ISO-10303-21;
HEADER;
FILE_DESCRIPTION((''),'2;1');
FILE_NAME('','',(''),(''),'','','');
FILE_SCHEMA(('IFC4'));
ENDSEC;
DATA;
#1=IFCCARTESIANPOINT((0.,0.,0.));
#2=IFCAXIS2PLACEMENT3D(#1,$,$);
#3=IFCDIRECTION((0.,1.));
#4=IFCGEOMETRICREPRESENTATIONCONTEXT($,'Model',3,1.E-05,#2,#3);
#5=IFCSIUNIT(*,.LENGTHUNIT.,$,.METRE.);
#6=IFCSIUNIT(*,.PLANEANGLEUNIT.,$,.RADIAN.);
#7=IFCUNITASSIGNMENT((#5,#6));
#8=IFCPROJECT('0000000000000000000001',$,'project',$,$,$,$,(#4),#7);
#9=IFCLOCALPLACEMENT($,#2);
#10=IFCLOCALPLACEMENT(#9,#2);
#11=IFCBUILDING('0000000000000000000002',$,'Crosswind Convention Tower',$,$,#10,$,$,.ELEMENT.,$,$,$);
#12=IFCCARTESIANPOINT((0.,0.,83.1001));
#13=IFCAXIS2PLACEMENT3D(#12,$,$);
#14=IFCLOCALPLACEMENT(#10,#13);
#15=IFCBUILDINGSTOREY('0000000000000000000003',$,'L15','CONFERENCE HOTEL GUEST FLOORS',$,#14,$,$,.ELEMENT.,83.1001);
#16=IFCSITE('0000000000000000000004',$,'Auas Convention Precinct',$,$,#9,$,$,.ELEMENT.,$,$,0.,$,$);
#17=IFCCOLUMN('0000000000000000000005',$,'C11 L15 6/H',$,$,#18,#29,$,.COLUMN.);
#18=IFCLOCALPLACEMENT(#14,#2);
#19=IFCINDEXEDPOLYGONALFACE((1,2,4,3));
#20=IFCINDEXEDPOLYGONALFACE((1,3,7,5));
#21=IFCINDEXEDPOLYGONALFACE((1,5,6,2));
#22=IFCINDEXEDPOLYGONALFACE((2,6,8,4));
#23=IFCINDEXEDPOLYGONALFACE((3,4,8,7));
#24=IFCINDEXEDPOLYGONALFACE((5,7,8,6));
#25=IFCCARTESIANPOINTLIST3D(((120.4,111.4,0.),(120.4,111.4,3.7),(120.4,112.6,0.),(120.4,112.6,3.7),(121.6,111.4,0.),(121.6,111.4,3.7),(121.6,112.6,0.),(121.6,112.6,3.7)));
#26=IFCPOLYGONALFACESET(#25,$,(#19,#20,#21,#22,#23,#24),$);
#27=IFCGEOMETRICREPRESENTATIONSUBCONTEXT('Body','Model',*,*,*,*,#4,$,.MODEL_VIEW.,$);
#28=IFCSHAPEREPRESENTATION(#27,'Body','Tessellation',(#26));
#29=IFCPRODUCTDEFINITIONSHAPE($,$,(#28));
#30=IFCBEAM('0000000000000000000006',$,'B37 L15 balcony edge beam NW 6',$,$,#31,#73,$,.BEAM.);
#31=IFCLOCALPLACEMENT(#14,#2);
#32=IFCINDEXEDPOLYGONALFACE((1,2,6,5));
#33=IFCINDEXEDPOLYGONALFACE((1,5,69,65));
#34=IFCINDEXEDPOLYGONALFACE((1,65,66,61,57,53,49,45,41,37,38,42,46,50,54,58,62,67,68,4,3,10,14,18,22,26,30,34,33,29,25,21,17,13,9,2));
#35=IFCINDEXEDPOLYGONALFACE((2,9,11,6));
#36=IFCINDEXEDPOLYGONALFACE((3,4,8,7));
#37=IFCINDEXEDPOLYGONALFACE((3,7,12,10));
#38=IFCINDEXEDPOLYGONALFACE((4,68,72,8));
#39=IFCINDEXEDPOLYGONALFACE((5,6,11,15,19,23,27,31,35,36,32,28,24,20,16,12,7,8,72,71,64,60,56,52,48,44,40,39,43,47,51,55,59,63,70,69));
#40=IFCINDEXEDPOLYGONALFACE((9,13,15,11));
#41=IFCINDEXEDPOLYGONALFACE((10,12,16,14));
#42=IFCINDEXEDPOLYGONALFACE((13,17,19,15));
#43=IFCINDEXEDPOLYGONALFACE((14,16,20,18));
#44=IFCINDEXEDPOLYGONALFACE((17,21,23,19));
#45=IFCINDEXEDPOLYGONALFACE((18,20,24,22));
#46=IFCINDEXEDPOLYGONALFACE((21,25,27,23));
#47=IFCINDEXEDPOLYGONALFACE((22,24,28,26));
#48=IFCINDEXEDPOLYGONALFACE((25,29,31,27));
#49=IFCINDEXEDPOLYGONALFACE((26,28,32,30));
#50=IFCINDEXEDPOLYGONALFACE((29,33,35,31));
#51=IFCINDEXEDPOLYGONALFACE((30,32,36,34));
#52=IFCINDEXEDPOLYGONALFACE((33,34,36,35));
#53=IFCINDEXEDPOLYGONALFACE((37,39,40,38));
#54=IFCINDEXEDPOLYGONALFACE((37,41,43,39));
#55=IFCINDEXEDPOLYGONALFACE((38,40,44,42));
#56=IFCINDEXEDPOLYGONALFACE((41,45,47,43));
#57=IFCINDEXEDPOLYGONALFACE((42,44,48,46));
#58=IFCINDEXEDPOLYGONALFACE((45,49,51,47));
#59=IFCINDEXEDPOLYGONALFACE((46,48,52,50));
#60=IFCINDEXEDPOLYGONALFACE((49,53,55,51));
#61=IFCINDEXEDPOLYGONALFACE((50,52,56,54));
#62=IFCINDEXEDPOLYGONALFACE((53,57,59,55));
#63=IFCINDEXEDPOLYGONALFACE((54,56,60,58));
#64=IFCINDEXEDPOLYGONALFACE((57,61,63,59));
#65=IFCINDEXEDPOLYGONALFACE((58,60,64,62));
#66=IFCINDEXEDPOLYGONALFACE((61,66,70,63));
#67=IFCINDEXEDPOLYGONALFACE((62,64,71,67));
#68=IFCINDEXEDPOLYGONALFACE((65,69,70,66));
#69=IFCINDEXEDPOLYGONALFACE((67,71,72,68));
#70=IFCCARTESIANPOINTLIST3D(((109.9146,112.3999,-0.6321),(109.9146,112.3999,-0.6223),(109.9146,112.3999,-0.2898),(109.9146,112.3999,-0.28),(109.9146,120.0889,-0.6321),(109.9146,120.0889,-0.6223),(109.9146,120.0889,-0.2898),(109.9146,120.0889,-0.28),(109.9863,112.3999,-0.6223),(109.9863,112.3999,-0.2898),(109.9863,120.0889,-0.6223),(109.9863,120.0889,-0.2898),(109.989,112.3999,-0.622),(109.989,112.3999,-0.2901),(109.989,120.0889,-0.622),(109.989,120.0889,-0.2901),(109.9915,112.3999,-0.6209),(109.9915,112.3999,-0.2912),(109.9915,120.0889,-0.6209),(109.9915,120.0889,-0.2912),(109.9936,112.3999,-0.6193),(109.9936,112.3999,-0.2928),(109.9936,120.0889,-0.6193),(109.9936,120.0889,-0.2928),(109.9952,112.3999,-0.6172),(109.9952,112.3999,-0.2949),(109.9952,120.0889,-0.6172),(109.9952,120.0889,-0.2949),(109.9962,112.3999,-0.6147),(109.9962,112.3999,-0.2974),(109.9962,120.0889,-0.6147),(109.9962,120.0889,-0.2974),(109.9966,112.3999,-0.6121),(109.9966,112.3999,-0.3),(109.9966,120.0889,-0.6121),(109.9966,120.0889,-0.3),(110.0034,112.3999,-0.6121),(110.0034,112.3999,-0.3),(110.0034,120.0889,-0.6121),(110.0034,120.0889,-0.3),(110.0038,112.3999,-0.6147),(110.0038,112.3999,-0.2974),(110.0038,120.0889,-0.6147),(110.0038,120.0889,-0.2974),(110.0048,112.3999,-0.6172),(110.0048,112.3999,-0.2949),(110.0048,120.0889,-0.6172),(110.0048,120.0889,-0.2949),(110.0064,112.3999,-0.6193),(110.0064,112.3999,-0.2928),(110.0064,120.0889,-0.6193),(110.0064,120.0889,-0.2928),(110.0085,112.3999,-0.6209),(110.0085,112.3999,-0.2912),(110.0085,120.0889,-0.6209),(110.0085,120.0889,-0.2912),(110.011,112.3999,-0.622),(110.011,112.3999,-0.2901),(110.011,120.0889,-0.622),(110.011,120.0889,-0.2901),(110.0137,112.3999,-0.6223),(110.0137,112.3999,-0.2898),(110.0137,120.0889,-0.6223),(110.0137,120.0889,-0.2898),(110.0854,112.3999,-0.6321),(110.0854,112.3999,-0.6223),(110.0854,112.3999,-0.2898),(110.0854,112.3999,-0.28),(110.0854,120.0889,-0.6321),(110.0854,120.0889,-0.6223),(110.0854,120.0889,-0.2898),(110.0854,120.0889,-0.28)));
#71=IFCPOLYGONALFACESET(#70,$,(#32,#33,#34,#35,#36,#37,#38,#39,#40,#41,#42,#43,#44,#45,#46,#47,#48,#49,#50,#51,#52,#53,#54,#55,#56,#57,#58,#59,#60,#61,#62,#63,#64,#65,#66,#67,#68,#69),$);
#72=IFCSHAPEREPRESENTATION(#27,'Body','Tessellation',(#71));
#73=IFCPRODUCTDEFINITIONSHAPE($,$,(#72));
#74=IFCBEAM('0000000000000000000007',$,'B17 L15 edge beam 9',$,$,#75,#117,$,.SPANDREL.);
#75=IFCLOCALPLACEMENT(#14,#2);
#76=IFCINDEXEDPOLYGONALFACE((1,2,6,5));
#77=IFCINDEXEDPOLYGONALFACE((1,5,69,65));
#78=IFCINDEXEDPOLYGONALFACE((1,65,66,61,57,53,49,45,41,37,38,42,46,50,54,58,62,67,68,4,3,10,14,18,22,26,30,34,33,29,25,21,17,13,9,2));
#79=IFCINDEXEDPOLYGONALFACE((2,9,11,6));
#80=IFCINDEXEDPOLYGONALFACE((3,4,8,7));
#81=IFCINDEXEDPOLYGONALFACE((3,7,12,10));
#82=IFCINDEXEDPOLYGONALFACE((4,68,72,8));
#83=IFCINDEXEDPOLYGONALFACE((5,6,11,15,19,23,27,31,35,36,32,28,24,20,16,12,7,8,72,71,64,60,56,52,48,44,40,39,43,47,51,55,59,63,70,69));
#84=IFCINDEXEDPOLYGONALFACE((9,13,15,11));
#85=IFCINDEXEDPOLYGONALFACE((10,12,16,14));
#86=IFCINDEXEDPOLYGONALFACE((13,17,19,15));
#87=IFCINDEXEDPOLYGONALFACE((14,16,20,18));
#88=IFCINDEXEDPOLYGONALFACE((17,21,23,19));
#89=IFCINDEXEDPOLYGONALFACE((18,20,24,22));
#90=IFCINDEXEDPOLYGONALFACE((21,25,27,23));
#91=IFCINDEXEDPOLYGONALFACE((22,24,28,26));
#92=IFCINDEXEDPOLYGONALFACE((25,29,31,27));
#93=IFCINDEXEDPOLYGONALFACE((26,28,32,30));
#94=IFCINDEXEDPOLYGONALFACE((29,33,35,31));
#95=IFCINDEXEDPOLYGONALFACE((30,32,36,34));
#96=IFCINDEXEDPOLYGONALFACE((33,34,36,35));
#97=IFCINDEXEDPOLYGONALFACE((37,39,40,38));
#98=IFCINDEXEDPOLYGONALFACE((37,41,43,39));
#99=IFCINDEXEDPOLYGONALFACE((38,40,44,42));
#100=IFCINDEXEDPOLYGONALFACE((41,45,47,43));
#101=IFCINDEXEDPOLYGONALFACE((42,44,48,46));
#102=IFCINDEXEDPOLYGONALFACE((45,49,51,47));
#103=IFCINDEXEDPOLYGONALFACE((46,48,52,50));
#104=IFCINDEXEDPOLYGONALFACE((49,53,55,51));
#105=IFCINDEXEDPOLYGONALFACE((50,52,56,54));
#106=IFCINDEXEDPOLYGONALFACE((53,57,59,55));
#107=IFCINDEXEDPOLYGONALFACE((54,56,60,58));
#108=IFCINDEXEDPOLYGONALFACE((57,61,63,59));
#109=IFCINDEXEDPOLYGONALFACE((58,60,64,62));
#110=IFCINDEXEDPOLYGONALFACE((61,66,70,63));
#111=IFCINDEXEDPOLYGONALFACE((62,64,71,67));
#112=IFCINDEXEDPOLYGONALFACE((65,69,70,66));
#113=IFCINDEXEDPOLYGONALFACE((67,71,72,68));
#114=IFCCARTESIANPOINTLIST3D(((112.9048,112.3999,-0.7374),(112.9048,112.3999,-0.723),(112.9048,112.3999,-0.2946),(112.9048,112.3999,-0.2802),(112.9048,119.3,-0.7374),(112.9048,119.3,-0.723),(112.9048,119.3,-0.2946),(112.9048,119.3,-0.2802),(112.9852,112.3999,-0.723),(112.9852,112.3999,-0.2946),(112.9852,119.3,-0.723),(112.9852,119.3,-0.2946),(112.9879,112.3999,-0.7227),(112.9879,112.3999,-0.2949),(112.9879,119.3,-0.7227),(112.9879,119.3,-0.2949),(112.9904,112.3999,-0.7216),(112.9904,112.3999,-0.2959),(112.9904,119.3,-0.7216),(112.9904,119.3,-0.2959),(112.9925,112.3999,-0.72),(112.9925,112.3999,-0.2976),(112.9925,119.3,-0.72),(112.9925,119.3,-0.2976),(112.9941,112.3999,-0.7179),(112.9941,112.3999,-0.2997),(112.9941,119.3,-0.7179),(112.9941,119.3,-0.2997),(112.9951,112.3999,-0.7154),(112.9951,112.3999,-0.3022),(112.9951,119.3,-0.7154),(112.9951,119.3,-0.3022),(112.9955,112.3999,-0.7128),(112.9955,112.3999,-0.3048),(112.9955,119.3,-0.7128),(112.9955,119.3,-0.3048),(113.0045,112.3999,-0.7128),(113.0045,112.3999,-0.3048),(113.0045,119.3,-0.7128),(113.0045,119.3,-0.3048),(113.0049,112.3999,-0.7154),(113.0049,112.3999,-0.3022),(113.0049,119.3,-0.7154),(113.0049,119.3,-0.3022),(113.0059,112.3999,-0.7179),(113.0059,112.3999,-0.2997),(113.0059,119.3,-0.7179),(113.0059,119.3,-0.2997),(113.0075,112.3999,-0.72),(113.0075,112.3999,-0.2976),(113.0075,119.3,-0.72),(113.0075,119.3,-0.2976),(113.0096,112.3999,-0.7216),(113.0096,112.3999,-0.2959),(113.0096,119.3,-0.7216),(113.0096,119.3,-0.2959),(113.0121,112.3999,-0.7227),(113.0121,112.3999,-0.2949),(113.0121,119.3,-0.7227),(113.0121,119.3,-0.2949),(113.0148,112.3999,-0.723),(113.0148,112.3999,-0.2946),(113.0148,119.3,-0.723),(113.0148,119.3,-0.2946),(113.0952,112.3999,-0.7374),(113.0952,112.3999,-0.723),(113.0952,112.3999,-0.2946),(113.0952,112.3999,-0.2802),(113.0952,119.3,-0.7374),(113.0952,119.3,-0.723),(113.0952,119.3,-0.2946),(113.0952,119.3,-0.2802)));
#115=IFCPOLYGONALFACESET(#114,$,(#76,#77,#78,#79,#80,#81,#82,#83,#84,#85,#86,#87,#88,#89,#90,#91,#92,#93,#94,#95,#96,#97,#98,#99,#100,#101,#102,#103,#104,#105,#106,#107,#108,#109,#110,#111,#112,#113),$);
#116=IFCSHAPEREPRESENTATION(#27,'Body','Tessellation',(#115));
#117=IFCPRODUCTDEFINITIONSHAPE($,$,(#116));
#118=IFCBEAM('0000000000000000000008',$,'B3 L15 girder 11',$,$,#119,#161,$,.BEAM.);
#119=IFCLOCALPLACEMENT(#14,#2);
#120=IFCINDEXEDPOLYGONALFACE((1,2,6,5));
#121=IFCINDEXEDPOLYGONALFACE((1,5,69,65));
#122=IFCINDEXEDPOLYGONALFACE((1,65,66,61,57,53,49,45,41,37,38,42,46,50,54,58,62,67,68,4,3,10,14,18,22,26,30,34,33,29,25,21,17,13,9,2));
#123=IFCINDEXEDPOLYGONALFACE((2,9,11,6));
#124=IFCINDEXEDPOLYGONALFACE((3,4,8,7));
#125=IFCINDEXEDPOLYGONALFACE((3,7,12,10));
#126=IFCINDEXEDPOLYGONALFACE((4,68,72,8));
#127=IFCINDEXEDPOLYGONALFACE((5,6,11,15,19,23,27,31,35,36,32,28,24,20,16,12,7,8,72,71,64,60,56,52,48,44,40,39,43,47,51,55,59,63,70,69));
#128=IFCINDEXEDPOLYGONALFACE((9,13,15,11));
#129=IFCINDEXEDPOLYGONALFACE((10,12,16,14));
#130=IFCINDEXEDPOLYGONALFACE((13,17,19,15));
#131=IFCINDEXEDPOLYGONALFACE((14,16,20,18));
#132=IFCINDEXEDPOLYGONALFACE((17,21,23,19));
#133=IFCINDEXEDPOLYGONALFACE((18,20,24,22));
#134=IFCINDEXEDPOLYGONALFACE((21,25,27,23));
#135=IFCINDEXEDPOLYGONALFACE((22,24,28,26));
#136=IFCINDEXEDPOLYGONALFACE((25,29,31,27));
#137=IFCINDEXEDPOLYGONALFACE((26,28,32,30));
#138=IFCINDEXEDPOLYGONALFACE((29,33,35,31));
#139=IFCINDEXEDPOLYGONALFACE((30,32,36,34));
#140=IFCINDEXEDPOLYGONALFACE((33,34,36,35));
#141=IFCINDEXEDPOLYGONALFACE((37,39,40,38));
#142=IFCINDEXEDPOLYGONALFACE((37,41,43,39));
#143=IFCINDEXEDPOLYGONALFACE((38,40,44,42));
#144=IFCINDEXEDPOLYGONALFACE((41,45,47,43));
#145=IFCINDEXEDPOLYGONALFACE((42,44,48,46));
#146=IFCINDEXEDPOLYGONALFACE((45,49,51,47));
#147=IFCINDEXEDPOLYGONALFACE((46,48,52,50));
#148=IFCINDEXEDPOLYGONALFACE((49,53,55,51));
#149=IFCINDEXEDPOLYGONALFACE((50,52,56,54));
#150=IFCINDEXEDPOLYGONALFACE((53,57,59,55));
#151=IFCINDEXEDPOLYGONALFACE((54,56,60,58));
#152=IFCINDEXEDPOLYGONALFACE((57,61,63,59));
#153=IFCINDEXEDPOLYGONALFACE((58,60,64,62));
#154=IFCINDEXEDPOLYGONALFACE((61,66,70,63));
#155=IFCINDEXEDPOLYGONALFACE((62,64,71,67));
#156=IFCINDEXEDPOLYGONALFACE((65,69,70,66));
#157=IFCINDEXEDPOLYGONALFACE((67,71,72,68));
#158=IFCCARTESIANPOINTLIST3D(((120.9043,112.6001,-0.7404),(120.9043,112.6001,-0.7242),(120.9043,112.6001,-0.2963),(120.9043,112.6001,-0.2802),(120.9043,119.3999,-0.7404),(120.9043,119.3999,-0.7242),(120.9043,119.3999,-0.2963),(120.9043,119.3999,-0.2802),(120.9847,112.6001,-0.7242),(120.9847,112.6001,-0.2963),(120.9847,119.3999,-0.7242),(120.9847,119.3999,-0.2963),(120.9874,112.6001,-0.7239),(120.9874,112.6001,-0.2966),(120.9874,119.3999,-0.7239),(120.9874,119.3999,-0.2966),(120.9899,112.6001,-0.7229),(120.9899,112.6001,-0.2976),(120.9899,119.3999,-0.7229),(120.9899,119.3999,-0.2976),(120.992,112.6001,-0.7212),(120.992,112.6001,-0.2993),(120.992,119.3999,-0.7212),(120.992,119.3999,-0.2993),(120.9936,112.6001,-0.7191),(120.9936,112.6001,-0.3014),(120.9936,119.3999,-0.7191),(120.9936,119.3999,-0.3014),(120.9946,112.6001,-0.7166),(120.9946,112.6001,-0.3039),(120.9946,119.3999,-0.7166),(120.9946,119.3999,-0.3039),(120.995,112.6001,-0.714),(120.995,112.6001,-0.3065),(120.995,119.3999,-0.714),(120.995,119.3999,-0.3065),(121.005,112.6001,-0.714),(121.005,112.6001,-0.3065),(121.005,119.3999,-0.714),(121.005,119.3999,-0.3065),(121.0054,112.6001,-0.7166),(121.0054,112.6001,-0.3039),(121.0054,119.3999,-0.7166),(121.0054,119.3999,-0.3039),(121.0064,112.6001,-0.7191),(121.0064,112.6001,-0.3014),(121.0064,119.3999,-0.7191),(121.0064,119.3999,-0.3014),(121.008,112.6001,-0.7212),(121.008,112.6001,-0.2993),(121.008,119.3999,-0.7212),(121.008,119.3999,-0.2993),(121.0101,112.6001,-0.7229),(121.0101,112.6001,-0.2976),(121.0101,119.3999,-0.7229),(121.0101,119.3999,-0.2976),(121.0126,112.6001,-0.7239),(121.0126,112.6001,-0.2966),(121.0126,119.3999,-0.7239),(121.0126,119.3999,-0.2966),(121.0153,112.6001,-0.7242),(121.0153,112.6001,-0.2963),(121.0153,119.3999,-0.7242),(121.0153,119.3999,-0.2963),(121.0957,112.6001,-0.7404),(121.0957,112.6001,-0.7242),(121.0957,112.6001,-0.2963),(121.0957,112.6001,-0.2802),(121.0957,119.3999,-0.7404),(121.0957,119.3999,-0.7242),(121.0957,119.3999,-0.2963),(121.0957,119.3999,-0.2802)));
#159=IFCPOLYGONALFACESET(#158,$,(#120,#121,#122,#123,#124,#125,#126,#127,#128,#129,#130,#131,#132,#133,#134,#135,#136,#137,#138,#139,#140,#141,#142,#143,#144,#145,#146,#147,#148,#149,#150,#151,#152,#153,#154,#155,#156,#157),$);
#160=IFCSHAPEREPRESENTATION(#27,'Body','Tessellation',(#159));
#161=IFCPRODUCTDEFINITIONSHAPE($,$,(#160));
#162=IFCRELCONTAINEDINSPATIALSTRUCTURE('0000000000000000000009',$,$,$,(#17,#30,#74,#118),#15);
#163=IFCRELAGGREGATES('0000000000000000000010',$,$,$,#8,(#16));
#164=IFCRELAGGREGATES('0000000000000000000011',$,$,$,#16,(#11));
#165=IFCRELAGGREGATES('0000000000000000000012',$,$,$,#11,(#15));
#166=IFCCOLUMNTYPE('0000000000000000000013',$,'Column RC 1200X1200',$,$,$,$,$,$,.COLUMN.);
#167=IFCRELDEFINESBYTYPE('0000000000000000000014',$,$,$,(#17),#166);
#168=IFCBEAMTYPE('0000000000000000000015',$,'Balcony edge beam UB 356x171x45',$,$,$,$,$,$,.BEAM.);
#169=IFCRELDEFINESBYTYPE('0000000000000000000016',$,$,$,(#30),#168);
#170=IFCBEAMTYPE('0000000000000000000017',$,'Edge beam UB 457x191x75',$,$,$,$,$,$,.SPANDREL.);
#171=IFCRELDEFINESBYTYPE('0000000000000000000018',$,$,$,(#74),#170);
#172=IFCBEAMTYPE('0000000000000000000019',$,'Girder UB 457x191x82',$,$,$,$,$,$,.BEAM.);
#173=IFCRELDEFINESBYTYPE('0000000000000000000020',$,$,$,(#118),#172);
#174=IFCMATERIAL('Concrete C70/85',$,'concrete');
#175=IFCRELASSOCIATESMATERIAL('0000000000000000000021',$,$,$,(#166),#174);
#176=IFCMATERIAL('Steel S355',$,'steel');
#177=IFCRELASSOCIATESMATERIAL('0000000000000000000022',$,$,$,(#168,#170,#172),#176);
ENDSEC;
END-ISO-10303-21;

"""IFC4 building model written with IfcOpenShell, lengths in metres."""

from ifc_helpers import new_model, si_unit, direction, frame, origin, origin_2d, place, context, subcontext, project, spatial, rectangle, i_section, extrude, material, material_profile, profile_set, type_object, element, save


model = new_model("IFC4")

# Units and contexts
model_context = context("Model", 3, precision=1e-05, world=origin(), true_north=direction((0.0, 1.0)))
body_context = subcontext(model_context, "Body", "Model", "MODEL_VIEW")
ifc_project = project(units=[si_unit("LENGTHUNIT", "METRE"), si_unit("PLANEANGLEUNIT", "RADIAN")], contexts=[model_context])

# Site, building, storey
site_placement = place(None, origin())
site = spatial("IfcSite", under=ifc_project, at=site_placement, Name="Auas Convention Precinct", CompositionType="ELEMENT", RefElevation=0.0)
building_placement = place(site_placement, origin())
building = spatial("IfcBuilding", under=site, at=building_placement, Name="Crosswind Convention Tower", CompositionType="ELEMENT")
storey_placement = place(building_placement, frame((0.0, 0.0, 83.1001)))
storey = spatial("IfcBuildingStorey", under=building, at=storey_placement, Name="L15", Description="CONFERENCE HOTEL GUEST FLOORS", CompositionType="ELEMENT", Elevation=83.1001)

# Column
ifc_material_1 = material(Name="Concrete C70/85", Category="concrete")
ifc_material_profile_1 = material_profile(ifc_material_1, rectangle(XDim=1.2, YDim=1.2, at=origin_2d()), Name="RC 1200X1200")
ifc_profile_set_1 = profile_set([ifc_material_profile_1], Name="Concrete C70/85")
column_type = type_object("IfcColumnType", Name="Column RC 1200X1200", PredefinedType="COLUMN", material=ifc_profile_set_1)
column_placement = place(storey_placement, frame((121.0, 112.0, 0.0), z_axis=(0.0, 0.0, 1.0), x_axis=(1.0, 0.0, 0.0)))
element("IfcColumn", 1, at=column_placement, inside=storey, type_object=column_type, Name="C11 L15 6/H", PredefinedType="COLUMN", context=body_context, shape_type="SweptSolid", body=[
    extrude(rectangle(XDim=1.2, YDim=1.2, at=origin_2d()), origin(), (0.0, 0.0, 1.0), 3.7),
])

# Beams
ifc_material_2 = material(Name="Steel S355", Category="steel")
ifc_material_profile_2 = material_profile(ifc_material_2, i_section(OverallWidth=0.1709, OverallDepth=0.3521, WebThickness=0.0068, FlangeThickness=0.0098, FilletRadius=0.0103, at=origin_2d()), Name="UB 356x171x45")
ifc_profile_set_2 = profile_set([ifc_material_profile_2], Name="Steel S355")
beam_type_1 = type_object("IfcBeamType", Name="Balcony edge beam UB 356x171x45", PredefinedType="BEAM", material=ifc_profile_set_2)
beam_1_placement = place(storey_placement, frame((110.0, 112.3999, -0.4561), z_axis=(0.0, 1.0, 0.0), x_axis=(-1.0, 0.0, 0.0)))
element("IfcBeam", 2, at=beam_1_placement, inside=storey, type_object=beam_type_1, Name="B37 L15 balcony edge beam NW 6", PredefinedType="BEAM", context=body_context, shape_type="SweptSolid", body=[
    extrude(i_section(OverallWidth=0.1709, OverallDepth=0.3521, WebThickness=0.0068, FlangeThickness=0.0098, FilletRadius=0.0103, at=origin_2d()), origin(), (0.0, 0.0, 1.0), 7.689),
])
ifc_material_profile_3 = material_profile(ifc_material_2, i_section(OverallWidth=0.1904, OverallDepth=0.4573, WebThickness=0.009, FlangeThickness=0.0144, FilletRadius=0.0103, at=origin_2d()), Name="UB 457x191x75")
ifc_profile_set_3 = profile_set([ifc_material_profile_3], Name="Steel S355")
beam_type_2 = type_object("IfcBeamType", Name="Edge beam UB 457x191x75", PredefinedType="SPANDREL", material=ifc_profile_set_3)
beam_2_placement = place(storey_placement, frame((113.0, 112.3999, -0.5088), z_axis=(0.0, 1.0, 0.0), x_axis=(-1.0, 0.0, 0.0)))
element("IfcBeam", 3, at=beam_2_placement, inside=storey, type_object=beam_type_2, Name="B17 L15 edge beam 9", PredefinedType="SPANDREL", context=body_context, shape_type="SweptSolid", body=[
    extrude(i_section(OverallWidth=0.1904, OverallDepth=0.4573, WebThickness=0.009, FlangeThickness=0.0144, FilletRadius=0.0103, at=origin_2d()), origin(), (0.0, 0.0, 1.0), 6.9001),
])
ifc_material_profile_4 = material_profile(ifc_material_2, i_section(OverallWidth=0.1914, OverallDepth=0.4602, WebThickness=0.01, FlangeThickness=0.0161, FilletRadius=0.0103, at=origin_2d()), Name="UB 457x191x82")
ifc_profile_set_4 = profile_set([ifc_material_profile_4], Name="Steel S355")
beam_type_3 = type_object("IfcBeamType", Name="Girder UB 457x191x82", PredefinedType="BEAM", material=ifc_profile_set_4)
beam_3_placement = place(storey_placement, frame((121.0, 112.6001, -0.5103), z_axis=(0.0, 1.0, 0.0), x_axis=(-1.0, 0.0, 0.0)))
element("IfcBeam", 4, at=beam_3_placement, inside=storey, type_object=beam_type_3, Name="B3 L15 girder 11", PredefinedType="BEAM", context=body_context, shape_type="SweptSolid", body=[
    extrude(i_section(OverallWidth=0.1914, OverallDepth=0.4602, WebThickness=0.01, FlangeThickness=0.0161, FilletRadius=0.0103, at=origin_2d()), origin(), (0.0, 0.0, 1.0), 6.7998),
])

save(model, "model.ifc")
